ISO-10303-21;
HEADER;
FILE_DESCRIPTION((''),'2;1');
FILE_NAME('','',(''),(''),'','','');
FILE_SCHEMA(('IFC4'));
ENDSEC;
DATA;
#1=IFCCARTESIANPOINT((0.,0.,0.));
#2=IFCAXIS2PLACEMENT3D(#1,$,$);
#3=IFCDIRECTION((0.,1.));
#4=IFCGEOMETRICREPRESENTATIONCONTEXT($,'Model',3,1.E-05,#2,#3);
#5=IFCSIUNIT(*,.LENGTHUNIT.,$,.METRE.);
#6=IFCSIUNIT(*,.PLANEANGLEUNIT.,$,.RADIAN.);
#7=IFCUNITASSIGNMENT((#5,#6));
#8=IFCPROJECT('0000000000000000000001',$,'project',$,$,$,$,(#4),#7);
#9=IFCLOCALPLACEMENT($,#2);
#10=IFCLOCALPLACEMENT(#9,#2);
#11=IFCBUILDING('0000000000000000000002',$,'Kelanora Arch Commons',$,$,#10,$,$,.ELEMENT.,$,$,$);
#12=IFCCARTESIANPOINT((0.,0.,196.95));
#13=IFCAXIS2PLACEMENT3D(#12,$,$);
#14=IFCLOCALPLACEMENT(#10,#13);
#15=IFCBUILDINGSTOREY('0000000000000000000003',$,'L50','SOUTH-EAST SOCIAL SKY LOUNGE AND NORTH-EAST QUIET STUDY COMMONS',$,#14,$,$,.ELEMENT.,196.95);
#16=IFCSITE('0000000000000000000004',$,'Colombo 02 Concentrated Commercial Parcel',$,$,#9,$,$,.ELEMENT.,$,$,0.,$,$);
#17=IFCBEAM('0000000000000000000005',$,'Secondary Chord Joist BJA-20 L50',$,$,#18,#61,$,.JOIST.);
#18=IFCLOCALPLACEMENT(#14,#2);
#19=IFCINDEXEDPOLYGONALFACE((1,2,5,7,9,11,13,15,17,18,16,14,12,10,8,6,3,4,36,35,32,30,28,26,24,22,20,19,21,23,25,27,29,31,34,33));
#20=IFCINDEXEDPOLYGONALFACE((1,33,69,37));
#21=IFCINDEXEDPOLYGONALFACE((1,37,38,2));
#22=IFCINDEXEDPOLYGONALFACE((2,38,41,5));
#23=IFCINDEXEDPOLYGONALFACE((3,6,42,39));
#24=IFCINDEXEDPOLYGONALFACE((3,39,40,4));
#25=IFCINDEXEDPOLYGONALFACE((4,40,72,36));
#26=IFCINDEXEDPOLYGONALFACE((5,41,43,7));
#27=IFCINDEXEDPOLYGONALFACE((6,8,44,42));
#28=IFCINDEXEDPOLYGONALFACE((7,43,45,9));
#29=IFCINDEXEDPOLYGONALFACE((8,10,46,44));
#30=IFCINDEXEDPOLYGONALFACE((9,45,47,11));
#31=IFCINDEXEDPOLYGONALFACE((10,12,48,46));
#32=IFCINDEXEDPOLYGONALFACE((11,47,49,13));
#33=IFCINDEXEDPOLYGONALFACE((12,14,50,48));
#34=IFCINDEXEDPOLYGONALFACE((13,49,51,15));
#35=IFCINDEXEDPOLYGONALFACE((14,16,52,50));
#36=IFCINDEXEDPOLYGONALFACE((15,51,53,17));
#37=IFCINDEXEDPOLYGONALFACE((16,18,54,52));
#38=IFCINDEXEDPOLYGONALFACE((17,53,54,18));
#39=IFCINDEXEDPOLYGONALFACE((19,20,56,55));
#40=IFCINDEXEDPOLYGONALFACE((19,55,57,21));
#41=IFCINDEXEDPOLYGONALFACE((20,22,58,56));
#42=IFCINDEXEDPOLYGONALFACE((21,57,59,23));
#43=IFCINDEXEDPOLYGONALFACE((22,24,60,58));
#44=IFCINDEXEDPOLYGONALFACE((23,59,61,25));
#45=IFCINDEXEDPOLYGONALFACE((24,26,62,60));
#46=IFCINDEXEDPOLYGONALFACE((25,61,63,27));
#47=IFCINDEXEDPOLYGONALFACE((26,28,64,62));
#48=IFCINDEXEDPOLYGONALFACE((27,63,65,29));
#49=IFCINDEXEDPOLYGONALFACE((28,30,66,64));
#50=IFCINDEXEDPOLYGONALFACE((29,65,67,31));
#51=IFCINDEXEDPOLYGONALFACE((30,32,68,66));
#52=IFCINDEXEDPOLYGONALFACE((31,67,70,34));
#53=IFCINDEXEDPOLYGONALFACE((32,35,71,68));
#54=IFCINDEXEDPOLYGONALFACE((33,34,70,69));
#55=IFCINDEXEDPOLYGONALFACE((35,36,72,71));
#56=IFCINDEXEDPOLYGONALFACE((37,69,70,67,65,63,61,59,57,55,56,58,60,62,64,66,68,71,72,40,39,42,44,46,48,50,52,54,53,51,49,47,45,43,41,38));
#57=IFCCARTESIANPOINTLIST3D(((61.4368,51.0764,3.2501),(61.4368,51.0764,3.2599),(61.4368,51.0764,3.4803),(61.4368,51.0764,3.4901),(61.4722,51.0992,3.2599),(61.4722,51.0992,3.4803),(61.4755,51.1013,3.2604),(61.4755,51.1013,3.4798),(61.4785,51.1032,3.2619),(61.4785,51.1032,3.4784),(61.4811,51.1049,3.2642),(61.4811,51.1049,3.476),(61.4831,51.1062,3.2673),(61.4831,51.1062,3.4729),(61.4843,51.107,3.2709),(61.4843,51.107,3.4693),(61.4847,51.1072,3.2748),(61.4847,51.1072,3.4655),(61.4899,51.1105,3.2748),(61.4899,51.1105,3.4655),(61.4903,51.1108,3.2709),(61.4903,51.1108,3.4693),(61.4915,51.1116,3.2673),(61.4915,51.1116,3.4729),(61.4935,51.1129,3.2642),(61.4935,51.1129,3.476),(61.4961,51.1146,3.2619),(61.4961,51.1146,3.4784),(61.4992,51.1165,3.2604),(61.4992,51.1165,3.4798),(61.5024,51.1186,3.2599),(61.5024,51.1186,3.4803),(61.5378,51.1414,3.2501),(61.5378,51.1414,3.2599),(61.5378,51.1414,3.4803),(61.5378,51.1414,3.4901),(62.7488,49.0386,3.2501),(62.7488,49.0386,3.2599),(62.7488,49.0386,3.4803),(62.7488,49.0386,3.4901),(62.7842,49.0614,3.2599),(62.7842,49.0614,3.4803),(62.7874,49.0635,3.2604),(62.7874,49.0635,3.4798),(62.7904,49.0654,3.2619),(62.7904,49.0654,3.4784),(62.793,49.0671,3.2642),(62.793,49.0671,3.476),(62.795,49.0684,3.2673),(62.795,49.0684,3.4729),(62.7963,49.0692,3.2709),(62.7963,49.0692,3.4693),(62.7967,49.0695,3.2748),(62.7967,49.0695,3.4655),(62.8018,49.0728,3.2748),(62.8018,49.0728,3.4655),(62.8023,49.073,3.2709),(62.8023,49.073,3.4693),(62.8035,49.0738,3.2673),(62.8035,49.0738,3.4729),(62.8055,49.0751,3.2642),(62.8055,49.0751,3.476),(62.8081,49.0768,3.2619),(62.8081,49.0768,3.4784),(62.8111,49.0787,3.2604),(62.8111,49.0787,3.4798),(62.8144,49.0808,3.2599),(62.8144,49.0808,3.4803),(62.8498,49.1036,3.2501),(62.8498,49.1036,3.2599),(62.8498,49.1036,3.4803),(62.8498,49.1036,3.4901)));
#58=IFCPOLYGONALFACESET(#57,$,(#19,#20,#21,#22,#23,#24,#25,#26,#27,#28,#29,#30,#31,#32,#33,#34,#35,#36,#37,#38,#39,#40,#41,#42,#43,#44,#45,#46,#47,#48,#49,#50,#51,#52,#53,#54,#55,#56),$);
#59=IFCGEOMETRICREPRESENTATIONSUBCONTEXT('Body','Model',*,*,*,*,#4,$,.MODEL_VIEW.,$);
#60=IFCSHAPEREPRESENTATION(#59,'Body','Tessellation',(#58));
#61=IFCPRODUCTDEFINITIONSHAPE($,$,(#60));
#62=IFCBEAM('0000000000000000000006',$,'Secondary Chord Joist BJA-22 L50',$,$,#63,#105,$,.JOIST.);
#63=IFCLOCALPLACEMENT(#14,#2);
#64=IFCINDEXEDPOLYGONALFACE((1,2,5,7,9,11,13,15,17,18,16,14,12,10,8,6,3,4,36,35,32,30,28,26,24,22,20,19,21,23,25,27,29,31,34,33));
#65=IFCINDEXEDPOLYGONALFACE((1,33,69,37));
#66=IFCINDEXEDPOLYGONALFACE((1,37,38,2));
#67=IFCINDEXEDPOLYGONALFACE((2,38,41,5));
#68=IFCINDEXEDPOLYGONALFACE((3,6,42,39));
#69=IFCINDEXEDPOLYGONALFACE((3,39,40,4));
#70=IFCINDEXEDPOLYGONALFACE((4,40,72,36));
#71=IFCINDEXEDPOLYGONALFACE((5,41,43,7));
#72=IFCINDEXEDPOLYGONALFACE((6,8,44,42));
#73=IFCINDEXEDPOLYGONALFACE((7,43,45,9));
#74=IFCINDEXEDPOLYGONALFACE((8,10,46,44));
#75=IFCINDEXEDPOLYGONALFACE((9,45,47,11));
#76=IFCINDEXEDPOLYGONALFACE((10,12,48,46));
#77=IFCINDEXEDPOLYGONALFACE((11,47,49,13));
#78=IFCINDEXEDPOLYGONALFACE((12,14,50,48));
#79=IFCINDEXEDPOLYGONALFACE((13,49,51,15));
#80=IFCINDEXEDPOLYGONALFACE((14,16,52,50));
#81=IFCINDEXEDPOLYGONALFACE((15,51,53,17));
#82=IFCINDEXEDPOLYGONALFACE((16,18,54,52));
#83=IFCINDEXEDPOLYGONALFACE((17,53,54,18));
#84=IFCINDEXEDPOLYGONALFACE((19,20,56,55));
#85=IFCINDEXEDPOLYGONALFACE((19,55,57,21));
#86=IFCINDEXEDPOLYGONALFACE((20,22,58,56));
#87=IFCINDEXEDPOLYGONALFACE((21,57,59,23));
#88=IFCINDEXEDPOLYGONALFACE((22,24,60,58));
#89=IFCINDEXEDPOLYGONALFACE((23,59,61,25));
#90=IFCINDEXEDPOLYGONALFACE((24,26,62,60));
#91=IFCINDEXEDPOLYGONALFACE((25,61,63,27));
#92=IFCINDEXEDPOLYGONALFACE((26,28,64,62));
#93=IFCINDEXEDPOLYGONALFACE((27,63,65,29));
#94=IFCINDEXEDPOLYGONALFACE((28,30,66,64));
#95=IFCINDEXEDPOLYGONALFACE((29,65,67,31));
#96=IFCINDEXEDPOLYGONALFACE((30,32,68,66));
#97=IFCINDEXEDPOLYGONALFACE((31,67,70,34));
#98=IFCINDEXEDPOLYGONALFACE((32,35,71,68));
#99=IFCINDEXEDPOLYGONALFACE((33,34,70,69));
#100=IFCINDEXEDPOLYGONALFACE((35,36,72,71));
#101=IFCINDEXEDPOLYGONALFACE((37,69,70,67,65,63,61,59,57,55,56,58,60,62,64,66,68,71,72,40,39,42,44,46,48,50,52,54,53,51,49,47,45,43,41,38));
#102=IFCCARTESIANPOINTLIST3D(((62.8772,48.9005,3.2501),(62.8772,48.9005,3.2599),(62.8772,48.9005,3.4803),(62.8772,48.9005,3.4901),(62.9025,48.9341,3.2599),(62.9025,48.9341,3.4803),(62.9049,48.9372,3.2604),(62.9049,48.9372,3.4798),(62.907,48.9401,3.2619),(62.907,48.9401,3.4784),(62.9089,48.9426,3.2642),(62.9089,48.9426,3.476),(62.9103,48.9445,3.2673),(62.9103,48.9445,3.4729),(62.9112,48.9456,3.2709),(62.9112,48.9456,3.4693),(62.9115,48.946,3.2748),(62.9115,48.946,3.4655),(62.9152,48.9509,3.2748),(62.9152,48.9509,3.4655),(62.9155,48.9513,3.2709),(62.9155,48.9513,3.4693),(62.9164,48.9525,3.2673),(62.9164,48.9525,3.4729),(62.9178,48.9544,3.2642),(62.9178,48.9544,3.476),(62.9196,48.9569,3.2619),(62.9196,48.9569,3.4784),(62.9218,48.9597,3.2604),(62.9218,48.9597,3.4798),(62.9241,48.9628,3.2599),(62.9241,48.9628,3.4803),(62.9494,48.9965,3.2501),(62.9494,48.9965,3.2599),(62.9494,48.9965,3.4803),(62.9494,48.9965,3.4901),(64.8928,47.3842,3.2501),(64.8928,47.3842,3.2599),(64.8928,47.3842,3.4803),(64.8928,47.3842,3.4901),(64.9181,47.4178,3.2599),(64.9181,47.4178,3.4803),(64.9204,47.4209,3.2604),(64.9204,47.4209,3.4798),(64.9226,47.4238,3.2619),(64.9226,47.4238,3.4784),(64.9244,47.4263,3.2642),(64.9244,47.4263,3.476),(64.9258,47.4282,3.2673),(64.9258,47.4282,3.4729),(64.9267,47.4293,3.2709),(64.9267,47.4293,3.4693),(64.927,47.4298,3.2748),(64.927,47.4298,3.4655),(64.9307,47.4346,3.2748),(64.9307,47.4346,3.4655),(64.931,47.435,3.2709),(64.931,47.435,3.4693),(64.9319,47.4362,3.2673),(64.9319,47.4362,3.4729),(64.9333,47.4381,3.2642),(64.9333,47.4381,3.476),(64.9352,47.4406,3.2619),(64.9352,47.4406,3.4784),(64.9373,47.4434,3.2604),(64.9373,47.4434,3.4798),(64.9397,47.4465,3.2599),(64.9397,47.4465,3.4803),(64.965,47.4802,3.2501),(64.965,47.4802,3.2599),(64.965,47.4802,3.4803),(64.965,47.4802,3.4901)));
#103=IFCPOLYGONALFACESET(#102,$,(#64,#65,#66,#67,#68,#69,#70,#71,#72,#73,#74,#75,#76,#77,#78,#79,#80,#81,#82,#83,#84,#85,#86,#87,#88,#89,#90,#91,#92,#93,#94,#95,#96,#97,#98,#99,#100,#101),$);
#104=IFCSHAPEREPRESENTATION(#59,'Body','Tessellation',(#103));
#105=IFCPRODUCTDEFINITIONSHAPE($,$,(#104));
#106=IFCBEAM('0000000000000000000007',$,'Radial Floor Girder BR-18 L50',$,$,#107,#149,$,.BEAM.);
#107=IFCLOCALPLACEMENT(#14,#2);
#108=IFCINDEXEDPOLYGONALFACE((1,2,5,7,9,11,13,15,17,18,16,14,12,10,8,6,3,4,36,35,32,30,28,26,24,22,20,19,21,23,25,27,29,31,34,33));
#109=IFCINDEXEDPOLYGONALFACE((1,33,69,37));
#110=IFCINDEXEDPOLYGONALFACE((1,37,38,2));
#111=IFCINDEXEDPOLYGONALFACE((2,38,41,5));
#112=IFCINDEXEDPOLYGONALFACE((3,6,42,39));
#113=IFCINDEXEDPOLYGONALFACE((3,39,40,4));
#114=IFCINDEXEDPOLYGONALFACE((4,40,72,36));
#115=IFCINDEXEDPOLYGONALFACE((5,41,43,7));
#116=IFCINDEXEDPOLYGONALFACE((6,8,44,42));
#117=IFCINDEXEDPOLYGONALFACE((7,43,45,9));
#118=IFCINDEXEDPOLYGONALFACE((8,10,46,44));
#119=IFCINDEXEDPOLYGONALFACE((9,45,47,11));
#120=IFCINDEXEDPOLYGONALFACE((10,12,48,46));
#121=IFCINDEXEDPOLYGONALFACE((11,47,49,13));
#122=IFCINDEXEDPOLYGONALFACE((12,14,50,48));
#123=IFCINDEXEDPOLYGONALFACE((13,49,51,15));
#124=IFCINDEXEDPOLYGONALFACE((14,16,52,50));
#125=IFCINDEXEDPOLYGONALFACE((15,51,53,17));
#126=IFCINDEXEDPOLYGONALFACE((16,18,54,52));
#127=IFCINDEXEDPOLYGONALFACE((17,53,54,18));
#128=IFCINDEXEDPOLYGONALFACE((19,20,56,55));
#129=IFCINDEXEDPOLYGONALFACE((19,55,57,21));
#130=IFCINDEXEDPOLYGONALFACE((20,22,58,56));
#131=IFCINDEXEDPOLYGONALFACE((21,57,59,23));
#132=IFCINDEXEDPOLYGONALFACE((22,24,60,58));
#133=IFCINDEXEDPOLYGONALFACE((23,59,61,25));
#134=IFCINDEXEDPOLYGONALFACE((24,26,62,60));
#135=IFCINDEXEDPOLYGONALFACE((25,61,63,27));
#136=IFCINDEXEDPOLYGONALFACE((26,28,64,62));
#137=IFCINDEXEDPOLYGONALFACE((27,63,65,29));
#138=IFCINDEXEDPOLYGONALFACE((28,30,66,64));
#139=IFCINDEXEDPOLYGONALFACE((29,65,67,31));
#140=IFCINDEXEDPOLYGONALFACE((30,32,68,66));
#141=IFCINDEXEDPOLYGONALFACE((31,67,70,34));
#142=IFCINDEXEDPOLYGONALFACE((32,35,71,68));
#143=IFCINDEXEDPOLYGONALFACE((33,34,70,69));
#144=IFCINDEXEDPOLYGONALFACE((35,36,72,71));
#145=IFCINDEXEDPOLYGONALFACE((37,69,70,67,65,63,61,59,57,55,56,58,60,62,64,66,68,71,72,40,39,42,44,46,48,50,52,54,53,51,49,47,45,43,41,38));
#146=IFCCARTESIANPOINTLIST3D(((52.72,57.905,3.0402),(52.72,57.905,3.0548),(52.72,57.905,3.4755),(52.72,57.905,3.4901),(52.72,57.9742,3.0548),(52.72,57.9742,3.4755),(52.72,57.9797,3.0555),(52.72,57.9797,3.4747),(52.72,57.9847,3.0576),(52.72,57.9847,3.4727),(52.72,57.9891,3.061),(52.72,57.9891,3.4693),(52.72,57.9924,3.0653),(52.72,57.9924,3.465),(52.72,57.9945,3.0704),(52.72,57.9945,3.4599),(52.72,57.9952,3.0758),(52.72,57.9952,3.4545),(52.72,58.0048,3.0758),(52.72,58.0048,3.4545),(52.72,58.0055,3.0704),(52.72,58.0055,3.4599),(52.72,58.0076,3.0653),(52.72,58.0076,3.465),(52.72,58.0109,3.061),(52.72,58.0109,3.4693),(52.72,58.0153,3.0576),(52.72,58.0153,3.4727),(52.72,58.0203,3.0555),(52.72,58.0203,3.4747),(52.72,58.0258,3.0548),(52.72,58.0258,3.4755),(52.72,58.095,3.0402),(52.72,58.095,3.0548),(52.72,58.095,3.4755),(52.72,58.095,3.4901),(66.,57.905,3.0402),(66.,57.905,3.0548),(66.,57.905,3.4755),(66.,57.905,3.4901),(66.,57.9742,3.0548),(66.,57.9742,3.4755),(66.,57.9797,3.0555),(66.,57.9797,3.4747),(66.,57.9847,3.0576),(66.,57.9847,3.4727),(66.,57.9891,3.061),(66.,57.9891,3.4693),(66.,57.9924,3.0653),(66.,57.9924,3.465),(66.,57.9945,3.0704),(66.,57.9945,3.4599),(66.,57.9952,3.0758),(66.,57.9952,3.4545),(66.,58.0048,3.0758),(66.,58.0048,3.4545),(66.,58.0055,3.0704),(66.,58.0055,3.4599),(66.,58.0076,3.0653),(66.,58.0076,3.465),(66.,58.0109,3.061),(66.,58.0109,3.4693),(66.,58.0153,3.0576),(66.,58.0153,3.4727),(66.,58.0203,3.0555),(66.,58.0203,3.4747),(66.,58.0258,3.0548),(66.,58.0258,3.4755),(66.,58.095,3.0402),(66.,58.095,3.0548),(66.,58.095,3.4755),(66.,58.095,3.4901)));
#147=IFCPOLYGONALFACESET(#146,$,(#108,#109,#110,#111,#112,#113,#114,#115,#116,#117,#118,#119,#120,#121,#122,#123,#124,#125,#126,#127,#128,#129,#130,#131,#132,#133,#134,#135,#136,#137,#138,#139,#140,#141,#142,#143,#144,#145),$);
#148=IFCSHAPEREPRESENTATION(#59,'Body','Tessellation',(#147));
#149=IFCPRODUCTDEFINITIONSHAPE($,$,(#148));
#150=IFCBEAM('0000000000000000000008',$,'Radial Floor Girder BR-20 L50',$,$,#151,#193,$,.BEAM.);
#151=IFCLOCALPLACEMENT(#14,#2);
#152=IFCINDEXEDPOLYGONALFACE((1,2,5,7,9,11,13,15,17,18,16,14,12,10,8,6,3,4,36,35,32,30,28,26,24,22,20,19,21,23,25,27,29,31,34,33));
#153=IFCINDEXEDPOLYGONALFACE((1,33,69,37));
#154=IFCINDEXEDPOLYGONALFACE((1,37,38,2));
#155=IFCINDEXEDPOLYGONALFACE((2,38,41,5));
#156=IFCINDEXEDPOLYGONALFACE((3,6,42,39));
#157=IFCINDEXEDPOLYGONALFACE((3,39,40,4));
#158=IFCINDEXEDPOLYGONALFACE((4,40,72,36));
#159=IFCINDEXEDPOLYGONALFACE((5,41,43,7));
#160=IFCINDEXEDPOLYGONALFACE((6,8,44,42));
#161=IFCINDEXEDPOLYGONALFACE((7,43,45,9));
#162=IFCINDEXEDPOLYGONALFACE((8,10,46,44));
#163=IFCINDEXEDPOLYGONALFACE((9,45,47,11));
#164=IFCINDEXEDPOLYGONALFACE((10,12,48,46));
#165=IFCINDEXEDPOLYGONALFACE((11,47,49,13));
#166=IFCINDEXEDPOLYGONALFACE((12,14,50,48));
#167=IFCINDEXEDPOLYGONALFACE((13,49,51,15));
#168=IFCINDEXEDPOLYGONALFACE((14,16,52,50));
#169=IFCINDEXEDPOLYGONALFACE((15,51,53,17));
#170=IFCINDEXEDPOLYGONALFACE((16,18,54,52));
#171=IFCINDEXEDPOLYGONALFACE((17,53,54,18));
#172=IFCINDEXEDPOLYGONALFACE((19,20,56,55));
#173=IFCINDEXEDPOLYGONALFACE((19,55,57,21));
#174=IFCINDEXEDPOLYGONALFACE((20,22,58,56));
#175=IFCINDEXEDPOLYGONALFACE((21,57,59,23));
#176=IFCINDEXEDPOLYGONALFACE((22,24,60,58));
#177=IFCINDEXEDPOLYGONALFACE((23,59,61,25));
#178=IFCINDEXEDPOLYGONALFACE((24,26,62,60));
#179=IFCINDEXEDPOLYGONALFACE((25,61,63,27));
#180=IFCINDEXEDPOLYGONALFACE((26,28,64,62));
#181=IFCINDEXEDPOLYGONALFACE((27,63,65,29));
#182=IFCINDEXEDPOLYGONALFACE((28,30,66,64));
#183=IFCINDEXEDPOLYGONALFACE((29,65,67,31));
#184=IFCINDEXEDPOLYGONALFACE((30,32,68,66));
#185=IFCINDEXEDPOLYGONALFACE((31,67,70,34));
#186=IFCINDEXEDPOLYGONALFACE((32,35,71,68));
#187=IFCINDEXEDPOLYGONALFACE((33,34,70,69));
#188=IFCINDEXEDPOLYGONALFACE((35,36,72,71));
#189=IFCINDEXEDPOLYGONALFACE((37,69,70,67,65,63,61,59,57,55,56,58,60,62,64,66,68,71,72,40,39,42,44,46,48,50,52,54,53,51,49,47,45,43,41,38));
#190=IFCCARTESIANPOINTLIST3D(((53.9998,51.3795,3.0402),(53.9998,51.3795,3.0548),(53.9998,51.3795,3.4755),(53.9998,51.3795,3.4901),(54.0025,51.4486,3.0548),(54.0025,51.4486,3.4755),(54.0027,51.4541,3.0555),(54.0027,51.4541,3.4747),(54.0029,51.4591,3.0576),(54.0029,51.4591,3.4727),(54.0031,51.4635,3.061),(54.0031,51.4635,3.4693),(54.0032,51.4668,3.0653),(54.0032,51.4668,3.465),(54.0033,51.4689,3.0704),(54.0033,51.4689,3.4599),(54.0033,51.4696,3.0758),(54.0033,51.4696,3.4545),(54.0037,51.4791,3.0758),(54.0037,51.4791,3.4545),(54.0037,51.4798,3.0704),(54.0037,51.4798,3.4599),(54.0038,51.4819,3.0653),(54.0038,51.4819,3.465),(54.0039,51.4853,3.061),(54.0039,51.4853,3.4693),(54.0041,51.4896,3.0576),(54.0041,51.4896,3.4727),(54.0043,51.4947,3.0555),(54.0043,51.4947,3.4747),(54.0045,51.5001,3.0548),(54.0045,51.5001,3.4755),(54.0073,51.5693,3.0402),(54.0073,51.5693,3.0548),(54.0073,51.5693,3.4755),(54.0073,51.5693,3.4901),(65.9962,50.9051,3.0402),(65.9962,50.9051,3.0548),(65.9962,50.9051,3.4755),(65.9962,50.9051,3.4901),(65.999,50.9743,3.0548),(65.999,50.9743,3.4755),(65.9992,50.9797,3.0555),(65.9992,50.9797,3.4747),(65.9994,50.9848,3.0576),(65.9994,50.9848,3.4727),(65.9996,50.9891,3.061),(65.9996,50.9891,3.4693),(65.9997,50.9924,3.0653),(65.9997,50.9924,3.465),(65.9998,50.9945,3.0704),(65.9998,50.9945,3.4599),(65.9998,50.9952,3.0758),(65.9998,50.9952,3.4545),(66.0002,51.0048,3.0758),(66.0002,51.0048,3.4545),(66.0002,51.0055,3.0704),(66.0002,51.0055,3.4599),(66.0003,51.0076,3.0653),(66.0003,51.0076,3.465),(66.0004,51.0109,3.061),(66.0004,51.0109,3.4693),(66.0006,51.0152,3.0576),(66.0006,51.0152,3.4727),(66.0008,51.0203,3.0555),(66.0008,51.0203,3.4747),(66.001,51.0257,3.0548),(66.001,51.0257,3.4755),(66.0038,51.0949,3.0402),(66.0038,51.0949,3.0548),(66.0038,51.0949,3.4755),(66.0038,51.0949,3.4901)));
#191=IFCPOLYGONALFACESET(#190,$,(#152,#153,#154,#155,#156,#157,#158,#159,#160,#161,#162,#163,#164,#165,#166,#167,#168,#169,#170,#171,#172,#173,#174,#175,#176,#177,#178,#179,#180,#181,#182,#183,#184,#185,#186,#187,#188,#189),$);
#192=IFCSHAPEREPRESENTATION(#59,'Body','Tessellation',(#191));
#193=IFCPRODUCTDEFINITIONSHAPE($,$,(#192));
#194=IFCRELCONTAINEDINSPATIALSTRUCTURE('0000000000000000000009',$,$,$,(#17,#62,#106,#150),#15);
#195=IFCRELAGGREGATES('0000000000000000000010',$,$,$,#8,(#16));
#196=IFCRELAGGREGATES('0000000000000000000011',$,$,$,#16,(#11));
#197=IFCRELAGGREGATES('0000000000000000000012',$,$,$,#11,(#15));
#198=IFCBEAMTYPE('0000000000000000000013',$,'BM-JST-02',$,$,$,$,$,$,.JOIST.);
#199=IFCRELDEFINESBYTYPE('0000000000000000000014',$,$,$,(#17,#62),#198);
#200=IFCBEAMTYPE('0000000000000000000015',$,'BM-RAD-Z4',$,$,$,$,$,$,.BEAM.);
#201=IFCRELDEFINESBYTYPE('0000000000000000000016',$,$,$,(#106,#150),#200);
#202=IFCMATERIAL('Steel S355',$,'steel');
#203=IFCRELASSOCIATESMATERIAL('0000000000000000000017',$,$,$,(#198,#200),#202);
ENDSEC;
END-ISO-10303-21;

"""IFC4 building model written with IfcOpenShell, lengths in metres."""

from ifc_helpers import new_model, si_unit, direction, frame, origin, origin_2d, place, context, subcontext, project, spatial, i_section, extrude, material, material_profile, profile_set, type_object, element, save


model = new_model("IFC4")

# Units and contexts
model_context = context("Model", 3, precision=1e-05, world=origin(), true_north=direction((0.0, 1.0)))
body_context = subcontext(model_context, "Body", "Model", "MODEL_VIEW")
ifc_project = project(units=[si_unit("LENGTHUNIT", "METRE"), si_unit("PLANEANGLEUNIT", "RADIAN")], contexts=[model_context])

# Site, building, storey
site_placement = place(None, origin())
site = spatial("IfcSite", under=ifc_project, at=site_placement, Name="Colombo 02 Concentrated Commercial Parcel", CompositionType="ELEMENT", RefElevation=0.0)
building_placement = place(site_placement, origin())
building = spatial("IfcBuilding", under=site, at=building_placement, Name="Kelanora Arch Commons", CompositionType="ELEMENT")
storey_placement = place(building_placement, frame((0.0, 0.0, 196.95)))
storey = spatial("IfcBuildingStorey", under=building, at=storey_placement, Name="L50", Description="SOUTH-EAST SOCIAL SKY LOUNGE AND NORTH-EAST QUIET STUDY COMMONS", CompositionType="ELEMENT", Elevation=196.95)

# Beams
ifc_material_1 = material(Name="Steel S355", Category="steel")
ifc_material_profile_1 = material_profile(ifc_material_1, i_section(OverallWidth=0.1201, OverallDepth=0.24, WebThickness=0.0061, FlangeThickness=0.0098, FilletRadius=0.0149, at=origin_2d()), Name="IPE240")
ifc_profile_set_1 = profile_set([ifc_material_profile_1], Name="Steel S355")
beam_type_1 = type_object("IfcBeamType", Name="BM-JST-02", PredefinedType="JOIST", material=ifc_profile_set_1)
beam_1_placement = place(storey_placement, frame((61.4873, 51.1089, 3.3701), z_axis=(0.541333, -0.840808, 0.0), x_axis=(0.840808, 0.541333, 0.0)))
element("IfcBeam", 1, at=beam_1_placement, inside=storey, type_object=beam_type_1, Name="Secondary Chord Joist BJA-20 L50", PredefinedType="JOIST", context=body_context, shape_type="SweptSolid", body=[
    extrude(i_section(OverallWidth=0.1201, OverallDepth=0.24, WebThickness=0.0061, FlangeThickness=0.0098, FilletRadius=0.0149, at=origin_2d()), origin(), (0.0, 0.0, 1.0), 2.4236),
])
beam_2_placement = place(storey_placement, frame((62.9133, 48.9485, 3.3701), z_axis=(0.799116, -0.601176, 0.0), x_axis=(0.601176, 0.799116, 0.0)))
element("IfcBeam", 2, at=beam_2_placement, inside=storey, type_object=beam_type_1, Name="Secondary Chord Joist BJA-22 L50", PredefinedType="JOIST", context=body_context, shape_type="SweptSolid", body=[
    extrude(i_section(OverallWidth=0.1201, OverallDepth=0.24, WebThickness=0.0061, FlangeThickness=0.0098, FilletRadius=0.0149, at=origin_2d()), origin(), (0.0, 0.0, 1.0), 2.5222),
])
ifc_material_profile_2 = material_profile(ifc_material_1, i_section(OverallWidth=0.1899, OverallDepth=0.45, WebThickness=0.0095, FlangeThickness=0.0146, FilletRadius=0.021, at=origin_2d()), Name="IPE450")
ifc_profile_set_2 = profile_set([ifc_material_profile_2], Name="Steel S355")
beam_type_2 = type_object("IfcBeamType", Name="BM-RAD-Z4", PredefinedType="BEAM", material=ifc_profile_set_2)
beam_3_placement = place(storey_placement, frame((66.0, 58.0, 3.2651), z_axis=(-1.0, 0.0, 0.0), x_axis=(0.0, -1.0, 0.0)))
element("IfcBeam", 3, at=beam_3_placement, inside=storey, type_object=beam_type_2, Name="Radial Floor Girder BR-18 L50", PredefinedType="BEAM", context=body_context, shape_type="SweptSolid", body=[
    extrude(i_section(OverallWidth=0.1899, OverallDepth=0.45, WebThickness=0.0095, FlangeThickness=0.0146, FilletRadius=0.021, at=origin_2d()), origin(), (0.0, 0.0, 1.0), 13.28),
])
beam_4_placement = place(storey_placement, frame((66.0, 51.0, 3.2651), z_axis=(-0.999219, 0.039511, 0.0), x_axis=(-0.039511, -0.999219, 0.0)))
element("IfcBeam", 4, at=beam_4_placement, inside=storey, type_object=beam_type_2, Name="Radial Floor Girder BR-20 L50", PredefinedType="BEAM", context=body_context, shape_type="SweptSolid", body=[
    extrude(i_section(OverallWidth=0.1899, OverallDepth=0.45, WebThickness=0.0095, FlangeThickness=0.0146, FilletRadius=0.021, at=origin_2d()), origin(), (0.0, 0.0, 1.0), 12.0059),
])

save(model, "model.ifc")
